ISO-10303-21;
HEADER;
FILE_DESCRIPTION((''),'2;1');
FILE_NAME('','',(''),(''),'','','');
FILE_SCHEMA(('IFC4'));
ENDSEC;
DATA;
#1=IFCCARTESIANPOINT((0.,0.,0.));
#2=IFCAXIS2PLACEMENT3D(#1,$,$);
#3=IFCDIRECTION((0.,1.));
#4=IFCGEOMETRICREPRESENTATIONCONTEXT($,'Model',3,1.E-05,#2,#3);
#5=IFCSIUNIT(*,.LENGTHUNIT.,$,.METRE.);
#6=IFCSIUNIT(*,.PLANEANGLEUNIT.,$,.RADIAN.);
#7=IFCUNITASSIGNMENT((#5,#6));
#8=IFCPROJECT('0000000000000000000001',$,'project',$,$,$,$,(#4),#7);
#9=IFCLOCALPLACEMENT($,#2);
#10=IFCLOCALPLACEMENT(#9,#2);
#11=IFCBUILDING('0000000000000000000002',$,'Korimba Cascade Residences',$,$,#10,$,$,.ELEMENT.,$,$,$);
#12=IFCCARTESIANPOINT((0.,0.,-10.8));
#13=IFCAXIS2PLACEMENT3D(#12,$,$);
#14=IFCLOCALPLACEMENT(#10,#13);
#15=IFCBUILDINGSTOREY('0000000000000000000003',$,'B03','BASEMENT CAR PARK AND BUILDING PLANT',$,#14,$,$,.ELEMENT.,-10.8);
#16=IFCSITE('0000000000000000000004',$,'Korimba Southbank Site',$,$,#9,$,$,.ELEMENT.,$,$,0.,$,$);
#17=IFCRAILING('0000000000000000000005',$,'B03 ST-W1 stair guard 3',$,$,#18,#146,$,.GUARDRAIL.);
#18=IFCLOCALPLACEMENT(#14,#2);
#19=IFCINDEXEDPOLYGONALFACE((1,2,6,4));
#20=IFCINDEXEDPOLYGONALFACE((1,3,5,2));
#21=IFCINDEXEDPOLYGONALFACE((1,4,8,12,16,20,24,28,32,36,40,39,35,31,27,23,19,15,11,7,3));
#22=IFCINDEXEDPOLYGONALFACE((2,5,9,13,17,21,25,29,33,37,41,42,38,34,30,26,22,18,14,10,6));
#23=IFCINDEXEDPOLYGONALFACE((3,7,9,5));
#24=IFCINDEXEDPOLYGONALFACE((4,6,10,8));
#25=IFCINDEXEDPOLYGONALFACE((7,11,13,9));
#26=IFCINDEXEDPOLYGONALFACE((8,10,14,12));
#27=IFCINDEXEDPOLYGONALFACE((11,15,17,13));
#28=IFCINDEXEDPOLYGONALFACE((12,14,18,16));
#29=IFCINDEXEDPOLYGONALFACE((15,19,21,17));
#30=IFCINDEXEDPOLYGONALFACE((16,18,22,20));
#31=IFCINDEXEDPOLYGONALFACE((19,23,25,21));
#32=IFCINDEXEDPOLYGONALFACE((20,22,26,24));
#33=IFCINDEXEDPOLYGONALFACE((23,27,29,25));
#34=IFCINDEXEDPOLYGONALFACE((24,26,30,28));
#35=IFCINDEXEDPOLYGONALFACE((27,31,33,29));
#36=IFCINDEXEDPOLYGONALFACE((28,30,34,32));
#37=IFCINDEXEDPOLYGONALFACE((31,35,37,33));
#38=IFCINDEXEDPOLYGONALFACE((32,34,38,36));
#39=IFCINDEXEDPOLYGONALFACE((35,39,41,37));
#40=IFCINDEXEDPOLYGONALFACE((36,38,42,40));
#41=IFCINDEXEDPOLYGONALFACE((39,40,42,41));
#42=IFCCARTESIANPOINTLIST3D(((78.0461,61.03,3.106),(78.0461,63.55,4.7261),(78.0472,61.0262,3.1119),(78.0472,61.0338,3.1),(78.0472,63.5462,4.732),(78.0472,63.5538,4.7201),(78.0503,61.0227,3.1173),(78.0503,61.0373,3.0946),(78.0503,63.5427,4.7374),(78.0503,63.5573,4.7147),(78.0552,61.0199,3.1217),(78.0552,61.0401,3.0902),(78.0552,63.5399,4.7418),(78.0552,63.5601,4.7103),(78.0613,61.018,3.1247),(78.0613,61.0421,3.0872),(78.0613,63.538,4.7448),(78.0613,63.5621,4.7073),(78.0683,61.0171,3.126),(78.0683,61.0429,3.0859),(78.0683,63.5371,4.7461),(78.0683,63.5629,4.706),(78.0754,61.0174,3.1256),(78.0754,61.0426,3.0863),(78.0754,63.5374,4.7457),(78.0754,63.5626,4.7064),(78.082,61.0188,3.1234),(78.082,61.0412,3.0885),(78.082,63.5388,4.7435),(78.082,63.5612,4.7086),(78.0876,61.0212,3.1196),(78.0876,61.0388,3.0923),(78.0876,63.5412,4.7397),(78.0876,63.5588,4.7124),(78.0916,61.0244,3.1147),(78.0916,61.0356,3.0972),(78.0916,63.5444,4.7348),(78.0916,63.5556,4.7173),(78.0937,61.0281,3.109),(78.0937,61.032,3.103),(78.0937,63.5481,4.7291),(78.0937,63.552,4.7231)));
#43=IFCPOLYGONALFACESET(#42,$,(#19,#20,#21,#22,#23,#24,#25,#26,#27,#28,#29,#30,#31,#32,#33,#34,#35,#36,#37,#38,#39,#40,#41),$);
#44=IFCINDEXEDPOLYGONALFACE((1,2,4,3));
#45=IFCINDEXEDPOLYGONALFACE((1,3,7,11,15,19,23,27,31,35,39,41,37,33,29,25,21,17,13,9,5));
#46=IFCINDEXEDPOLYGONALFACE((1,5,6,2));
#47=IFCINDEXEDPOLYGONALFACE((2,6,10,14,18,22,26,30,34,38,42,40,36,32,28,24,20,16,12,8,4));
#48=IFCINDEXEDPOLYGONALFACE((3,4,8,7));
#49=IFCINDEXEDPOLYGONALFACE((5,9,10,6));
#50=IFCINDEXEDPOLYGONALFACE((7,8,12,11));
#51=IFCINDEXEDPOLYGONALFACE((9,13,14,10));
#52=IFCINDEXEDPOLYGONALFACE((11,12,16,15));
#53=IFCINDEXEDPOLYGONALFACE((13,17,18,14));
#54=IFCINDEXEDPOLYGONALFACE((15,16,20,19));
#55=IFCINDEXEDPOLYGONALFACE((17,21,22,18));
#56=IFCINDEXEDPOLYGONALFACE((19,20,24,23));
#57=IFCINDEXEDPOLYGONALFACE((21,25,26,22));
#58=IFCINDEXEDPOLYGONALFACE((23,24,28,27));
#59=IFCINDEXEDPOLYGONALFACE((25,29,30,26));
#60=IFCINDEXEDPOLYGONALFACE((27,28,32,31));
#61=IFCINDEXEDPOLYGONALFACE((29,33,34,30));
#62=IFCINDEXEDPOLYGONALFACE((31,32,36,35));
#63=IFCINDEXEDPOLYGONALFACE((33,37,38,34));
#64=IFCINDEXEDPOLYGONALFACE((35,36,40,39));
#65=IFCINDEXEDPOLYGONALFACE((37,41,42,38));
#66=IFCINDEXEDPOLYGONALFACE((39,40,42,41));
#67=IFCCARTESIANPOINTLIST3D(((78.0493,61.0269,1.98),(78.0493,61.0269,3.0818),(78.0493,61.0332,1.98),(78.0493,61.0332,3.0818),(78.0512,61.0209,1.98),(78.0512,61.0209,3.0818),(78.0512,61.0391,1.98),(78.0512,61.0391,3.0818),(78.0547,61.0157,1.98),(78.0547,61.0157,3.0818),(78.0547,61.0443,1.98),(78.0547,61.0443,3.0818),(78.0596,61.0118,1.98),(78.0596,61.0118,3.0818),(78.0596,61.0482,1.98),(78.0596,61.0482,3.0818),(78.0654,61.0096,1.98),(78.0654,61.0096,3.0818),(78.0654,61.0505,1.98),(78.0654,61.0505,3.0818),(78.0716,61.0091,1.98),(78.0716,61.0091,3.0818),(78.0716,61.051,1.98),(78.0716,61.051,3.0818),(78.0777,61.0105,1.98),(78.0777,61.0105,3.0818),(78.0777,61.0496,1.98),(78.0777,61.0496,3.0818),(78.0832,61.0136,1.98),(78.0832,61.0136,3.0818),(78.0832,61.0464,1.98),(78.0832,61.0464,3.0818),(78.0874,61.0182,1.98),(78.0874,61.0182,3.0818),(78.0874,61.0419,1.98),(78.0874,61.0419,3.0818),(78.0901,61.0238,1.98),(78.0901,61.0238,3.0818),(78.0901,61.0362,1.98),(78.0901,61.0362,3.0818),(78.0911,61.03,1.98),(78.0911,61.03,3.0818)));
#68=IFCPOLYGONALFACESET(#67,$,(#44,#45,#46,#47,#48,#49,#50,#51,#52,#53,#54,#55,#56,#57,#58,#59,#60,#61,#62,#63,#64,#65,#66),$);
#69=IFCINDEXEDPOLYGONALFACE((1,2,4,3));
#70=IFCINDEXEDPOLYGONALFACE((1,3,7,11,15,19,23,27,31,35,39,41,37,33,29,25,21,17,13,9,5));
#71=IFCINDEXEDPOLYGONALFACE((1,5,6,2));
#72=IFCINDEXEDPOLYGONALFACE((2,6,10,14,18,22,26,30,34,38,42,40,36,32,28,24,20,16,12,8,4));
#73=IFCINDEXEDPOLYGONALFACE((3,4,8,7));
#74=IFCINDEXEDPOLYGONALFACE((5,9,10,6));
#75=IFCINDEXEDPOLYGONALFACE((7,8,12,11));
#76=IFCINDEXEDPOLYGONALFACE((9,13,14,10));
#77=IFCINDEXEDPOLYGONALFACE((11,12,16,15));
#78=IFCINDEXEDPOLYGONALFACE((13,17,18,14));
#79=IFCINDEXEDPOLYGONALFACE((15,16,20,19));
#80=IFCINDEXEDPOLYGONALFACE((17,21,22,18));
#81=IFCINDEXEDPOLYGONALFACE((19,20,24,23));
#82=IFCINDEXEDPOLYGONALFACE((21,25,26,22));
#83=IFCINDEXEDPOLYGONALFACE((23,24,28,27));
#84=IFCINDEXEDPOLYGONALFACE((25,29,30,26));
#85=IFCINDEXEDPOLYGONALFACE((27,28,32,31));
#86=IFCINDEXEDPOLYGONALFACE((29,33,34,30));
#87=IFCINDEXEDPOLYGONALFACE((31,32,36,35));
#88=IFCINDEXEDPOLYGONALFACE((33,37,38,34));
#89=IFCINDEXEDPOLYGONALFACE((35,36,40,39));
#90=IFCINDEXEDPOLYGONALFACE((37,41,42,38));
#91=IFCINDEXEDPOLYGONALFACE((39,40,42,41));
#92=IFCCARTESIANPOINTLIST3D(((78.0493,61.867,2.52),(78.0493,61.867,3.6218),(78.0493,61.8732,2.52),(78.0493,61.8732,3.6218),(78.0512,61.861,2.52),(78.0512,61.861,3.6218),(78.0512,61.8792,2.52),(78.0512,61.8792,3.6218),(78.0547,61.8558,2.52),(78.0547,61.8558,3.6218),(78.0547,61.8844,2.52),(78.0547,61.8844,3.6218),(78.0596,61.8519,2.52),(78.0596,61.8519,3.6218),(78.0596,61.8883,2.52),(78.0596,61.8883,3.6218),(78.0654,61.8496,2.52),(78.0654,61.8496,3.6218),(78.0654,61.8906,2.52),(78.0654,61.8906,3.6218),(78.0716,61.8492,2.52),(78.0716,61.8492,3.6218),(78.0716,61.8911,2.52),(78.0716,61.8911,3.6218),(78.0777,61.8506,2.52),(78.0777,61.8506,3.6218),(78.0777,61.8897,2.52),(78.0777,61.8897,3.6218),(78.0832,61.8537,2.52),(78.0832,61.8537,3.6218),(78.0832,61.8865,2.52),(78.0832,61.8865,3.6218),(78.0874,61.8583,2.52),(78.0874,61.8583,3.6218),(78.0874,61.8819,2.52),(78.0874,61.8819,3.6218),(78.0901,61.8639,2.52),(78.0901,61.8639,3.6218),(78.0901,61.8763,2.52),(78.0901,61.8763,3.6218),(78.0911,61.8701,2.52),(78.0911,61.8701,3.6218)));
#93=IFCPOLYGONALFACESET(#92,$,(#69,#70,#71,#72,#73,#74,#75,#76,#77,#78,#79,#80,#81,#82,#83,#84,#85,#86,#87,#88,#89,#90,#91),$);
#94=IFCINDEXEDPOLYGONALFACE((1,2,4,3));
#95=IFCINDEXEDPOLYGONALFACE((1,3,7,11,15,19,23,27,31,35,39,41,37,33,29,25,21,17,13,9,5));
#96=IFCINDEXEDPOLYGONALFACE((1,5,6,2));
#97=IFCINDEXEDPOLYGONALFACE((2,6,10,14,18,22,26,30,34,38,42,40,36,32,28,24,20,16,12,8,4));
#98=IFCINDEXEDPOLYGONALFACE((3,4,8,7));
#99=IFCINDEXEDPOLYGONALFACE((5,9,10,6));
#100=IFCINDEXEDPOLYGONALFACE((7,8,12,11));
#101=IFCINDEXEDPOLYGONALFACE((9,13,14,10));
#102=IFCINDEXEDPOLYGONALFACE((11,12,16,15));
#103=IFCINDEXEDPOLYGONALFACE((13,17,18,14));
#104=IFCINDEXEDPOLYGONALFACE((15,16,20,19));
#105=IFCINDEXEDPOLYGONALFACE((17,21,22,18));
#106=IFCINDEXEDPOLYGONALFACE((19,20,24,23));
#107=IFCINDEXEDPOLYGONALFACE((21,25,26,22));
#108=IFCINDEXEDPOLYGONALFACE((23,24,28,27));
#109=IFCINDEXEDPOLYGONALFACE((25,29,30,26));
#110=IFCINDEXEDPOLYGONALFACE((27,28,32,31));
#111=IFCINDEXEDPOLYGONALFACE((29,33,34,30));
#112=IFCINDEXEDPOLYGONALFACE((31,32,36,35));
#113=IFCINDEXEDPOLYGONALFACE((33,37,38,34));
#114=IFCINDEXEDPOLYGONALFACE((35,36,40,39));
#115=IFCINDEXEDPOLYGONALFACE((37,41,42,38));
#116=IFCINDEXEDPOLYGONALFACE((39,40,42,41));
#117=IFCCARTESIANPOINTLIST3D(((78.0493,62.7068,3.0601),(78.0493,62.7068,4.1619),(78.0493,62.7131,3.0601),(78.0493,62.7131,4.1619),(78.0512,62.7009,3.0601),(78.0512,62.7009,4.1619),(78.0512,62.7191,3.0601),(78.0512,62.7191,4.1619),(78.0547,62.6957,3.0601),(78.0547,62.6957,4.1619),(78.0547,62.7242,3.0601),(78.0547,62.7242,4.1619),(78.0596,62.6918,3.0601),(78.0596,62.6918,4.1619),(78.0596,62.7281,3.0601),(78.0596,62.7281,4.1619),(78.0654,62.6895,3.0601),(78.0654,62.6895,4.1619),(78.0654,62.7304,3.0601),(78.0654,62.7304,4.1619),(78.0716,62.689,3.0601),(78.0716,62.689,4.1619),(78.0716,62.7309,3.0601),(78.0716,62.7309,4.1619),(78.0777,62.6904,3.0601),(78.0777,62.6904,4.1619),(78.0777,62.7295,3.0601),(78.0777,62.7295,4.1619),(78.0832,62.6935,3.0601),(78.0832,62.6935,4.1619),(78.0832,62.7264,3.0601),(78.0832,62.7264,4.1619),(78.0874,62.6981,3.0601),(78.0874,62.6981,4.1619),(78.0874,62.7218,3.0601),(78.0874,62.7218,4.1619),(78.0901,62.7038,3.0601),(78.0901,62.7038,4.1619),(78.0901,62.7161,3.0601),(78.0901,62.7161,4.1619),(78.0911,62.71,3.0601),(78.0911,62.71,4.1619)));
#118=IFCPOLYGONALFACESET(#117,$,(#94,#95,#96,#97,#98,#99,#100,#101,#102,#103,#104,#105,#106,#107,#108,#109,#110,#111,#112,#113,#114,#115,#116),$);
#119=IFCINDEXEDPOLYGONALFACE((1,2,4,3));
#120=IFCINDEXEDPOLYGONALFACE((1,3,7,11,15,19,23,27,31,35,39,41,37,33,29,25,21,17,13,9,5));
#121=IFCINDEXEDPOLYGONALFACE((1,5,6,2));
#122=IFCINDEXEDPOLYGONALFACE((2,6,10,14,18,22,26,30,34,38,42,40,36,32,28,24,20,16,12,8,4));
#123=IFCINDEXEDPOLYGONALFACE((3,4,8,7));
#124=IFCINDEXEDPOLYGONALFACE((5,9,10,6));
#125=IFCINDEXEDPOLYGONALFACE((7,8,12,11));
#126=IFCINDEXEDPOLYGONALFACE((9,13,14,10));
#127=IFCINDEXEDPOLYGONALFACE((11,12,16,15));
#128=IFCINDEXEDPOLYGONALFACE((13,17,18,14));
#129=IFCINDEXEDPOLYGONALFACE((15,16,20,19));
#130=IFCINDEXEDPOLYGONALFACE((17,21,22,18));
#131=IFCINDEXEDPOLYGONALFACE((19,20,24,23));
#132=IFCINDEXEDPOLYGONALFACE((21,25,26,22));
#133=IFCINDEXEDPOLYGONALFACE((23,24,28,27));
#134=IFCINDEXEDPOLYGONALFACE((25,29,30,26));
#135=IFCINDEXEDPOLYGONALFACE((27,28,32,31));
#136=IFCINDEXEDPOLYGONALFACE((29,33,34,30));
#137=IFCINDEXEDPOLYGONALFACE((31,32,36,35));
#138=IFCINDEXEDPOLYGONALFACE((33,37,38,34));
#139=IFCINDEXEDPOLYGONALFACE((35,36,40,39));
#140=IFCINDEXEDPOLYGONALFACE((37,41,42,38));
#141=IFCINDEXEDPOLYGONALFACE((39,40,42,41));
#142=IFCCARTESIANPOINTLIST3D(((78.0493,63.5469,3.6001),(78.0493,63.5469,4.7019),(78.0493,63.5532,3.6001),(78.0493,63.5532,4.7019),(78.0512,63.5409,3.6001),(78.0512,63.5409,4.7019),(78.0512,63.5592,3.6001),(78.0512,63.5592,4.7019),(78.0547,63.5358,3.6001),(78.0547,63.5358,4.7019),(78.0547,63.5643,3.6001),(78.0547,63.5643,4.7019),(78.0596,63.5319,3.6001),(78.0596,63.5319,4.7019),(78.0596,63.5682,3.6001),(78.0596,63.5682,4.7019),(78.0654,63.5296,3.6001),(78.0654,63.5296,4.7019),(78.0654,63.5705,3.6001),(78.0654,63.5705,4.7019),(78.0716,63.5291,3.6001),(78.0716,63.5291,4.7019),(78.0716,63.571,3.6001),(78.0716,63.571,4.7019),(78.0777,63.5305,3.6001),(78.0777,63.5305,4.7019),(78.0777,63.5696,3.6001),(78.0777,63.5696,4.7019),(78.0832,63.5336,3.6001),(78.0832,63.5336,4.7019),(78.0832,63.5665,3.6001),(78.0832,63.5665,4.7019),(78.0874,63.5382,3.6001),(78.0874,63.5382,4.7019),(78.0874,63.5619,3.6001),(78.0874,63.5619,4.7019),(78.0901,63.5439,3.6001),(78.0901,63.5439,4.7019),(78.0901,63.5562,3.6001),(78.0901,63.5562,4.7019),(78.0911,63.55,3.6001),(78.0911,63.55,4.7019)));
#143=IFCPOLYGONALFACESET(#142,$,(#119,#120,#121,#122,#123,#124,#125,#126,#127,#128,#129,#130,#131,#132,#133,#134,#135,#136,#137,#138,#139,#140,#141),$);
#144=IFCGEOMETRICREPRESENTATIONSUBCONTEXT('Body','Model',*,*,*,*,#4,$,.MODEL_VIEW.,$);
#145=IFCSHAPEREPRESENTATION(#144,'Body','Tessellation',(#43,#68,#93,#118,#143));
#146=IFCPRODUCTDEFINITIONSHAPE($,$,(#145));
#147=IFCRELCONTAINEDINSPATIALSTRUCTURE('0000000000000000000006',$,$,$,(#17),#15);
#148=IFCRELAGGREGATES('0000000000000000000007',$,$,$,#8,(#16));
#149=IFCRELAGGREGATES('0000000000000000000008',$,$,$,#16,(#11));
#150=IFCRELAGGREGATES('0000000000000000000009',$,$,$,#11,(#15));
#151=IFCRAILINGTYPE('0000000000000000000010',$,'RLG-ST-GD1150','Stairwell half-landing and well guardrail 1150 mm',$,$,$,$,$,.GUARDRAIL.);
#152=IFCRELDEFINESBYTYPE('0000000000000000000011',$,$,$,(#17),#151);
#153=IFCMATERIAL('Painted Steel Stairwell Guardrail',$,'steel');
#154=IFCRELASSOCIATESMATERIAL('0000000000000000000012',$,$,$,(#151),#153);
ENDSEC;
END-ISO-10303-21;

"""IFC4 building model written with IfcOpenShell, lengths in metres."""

from ifc_helpers import new_model, si_unit, direction, frame, origin, origin_2d, place, context, subcontext, project, spatial, circle, extrude, material, type_object, element, save


model = new_model("IFC4")

# Units and contexts
model_context = context("Model", 3, precision=1e-05, world=origin(), true_north=direction((0.0, 1.0)))
body_context = subcontext(model_context, "Body", "Model", "MODEL_VIEW")
ifc_project = project(units=[si_unit("LENGTHUNIT", "METRE"), si_unit("PLANEANGLEUNIT", "RADIAN")], contexts=[model_context])

# Site, building, storey
site_placement = place(None, origin())
site = spatial("IfcSite", under=ifc_project, at=site_placement, Name="Korimba Southbank Site", CompositionType="ELEMENT", RefElevation=0.0)
building_placement = place(site_placement, origin())
building = spatial("IfcBuilding", under=site, at=building_placement, Name="Korimba Cascade Residences", CompositionType="ELEMENT")
storey_placement = place(building_placement, frame((0.0, 0.0, -10.8)))
storey = spatial("IfcBuildingStorey", under=building, at=storey_placement, Name="B03", Description="BASEMENT CAR PARK AND BUILDING PLANT", CompositionType="ELEMENT", Elevation=-10.8)

# Railing
ifc_material_1 = material(Name="Painted Steel Stairwell Guardrail", Category="steel")
railing_type_1 = type_object("IfcRailingType", Name="RLG-ST-GD1150", Description="Stairwell half-landing and well guardrail 1150 mm", PredefinedType="GUARDRAIL", material=ifc_material_1)
railing_1_placement = place(storey_placement, frame((78.0701, 61.03, 1.98)))
element("IfcRailing", 1, at=railing_1_placement, inside=storey, type_object=railing_type_1, Name="B03 ST-W1 stair guard 3", PredefinedType="GUARDRAIL", context=body_context, shape_type="SweptSolid", body=[
    extrude(circle(Radius=0.0239, at=origin_2d()), frame((0.0, 0.0, 1.126), z_axis=(0.0, 0.841163, 0.540782), x_axis=(-1.0, 0.0, 0.0)), (0.0, 0.0, 1.0), 2.9958),
    extrude(circle(Radius=0.021, at=origin_2d()), origin(), (0.0, 0.0, 1.0), 1.1018),
    extrude(circle(Radius=0.021, at=origin_2d()), frame((0.0, 0.8401, 0.54)), (0.0, 0.0, 1.0), 1.1018),
    extrude(circle(Radius=0.021, at=origin_2d()), frame((0.0, 1.6799, 1.0801)), (0.0, 0.0, 1.0), 1.1018),
    extrude(circle(Radius=0.021, at=origin_2d()), frame((0.0, 2.52, 1.6201)), (0.0, 0.0, 1.0), 1.1018),
])

save(model, "model.ifc")
